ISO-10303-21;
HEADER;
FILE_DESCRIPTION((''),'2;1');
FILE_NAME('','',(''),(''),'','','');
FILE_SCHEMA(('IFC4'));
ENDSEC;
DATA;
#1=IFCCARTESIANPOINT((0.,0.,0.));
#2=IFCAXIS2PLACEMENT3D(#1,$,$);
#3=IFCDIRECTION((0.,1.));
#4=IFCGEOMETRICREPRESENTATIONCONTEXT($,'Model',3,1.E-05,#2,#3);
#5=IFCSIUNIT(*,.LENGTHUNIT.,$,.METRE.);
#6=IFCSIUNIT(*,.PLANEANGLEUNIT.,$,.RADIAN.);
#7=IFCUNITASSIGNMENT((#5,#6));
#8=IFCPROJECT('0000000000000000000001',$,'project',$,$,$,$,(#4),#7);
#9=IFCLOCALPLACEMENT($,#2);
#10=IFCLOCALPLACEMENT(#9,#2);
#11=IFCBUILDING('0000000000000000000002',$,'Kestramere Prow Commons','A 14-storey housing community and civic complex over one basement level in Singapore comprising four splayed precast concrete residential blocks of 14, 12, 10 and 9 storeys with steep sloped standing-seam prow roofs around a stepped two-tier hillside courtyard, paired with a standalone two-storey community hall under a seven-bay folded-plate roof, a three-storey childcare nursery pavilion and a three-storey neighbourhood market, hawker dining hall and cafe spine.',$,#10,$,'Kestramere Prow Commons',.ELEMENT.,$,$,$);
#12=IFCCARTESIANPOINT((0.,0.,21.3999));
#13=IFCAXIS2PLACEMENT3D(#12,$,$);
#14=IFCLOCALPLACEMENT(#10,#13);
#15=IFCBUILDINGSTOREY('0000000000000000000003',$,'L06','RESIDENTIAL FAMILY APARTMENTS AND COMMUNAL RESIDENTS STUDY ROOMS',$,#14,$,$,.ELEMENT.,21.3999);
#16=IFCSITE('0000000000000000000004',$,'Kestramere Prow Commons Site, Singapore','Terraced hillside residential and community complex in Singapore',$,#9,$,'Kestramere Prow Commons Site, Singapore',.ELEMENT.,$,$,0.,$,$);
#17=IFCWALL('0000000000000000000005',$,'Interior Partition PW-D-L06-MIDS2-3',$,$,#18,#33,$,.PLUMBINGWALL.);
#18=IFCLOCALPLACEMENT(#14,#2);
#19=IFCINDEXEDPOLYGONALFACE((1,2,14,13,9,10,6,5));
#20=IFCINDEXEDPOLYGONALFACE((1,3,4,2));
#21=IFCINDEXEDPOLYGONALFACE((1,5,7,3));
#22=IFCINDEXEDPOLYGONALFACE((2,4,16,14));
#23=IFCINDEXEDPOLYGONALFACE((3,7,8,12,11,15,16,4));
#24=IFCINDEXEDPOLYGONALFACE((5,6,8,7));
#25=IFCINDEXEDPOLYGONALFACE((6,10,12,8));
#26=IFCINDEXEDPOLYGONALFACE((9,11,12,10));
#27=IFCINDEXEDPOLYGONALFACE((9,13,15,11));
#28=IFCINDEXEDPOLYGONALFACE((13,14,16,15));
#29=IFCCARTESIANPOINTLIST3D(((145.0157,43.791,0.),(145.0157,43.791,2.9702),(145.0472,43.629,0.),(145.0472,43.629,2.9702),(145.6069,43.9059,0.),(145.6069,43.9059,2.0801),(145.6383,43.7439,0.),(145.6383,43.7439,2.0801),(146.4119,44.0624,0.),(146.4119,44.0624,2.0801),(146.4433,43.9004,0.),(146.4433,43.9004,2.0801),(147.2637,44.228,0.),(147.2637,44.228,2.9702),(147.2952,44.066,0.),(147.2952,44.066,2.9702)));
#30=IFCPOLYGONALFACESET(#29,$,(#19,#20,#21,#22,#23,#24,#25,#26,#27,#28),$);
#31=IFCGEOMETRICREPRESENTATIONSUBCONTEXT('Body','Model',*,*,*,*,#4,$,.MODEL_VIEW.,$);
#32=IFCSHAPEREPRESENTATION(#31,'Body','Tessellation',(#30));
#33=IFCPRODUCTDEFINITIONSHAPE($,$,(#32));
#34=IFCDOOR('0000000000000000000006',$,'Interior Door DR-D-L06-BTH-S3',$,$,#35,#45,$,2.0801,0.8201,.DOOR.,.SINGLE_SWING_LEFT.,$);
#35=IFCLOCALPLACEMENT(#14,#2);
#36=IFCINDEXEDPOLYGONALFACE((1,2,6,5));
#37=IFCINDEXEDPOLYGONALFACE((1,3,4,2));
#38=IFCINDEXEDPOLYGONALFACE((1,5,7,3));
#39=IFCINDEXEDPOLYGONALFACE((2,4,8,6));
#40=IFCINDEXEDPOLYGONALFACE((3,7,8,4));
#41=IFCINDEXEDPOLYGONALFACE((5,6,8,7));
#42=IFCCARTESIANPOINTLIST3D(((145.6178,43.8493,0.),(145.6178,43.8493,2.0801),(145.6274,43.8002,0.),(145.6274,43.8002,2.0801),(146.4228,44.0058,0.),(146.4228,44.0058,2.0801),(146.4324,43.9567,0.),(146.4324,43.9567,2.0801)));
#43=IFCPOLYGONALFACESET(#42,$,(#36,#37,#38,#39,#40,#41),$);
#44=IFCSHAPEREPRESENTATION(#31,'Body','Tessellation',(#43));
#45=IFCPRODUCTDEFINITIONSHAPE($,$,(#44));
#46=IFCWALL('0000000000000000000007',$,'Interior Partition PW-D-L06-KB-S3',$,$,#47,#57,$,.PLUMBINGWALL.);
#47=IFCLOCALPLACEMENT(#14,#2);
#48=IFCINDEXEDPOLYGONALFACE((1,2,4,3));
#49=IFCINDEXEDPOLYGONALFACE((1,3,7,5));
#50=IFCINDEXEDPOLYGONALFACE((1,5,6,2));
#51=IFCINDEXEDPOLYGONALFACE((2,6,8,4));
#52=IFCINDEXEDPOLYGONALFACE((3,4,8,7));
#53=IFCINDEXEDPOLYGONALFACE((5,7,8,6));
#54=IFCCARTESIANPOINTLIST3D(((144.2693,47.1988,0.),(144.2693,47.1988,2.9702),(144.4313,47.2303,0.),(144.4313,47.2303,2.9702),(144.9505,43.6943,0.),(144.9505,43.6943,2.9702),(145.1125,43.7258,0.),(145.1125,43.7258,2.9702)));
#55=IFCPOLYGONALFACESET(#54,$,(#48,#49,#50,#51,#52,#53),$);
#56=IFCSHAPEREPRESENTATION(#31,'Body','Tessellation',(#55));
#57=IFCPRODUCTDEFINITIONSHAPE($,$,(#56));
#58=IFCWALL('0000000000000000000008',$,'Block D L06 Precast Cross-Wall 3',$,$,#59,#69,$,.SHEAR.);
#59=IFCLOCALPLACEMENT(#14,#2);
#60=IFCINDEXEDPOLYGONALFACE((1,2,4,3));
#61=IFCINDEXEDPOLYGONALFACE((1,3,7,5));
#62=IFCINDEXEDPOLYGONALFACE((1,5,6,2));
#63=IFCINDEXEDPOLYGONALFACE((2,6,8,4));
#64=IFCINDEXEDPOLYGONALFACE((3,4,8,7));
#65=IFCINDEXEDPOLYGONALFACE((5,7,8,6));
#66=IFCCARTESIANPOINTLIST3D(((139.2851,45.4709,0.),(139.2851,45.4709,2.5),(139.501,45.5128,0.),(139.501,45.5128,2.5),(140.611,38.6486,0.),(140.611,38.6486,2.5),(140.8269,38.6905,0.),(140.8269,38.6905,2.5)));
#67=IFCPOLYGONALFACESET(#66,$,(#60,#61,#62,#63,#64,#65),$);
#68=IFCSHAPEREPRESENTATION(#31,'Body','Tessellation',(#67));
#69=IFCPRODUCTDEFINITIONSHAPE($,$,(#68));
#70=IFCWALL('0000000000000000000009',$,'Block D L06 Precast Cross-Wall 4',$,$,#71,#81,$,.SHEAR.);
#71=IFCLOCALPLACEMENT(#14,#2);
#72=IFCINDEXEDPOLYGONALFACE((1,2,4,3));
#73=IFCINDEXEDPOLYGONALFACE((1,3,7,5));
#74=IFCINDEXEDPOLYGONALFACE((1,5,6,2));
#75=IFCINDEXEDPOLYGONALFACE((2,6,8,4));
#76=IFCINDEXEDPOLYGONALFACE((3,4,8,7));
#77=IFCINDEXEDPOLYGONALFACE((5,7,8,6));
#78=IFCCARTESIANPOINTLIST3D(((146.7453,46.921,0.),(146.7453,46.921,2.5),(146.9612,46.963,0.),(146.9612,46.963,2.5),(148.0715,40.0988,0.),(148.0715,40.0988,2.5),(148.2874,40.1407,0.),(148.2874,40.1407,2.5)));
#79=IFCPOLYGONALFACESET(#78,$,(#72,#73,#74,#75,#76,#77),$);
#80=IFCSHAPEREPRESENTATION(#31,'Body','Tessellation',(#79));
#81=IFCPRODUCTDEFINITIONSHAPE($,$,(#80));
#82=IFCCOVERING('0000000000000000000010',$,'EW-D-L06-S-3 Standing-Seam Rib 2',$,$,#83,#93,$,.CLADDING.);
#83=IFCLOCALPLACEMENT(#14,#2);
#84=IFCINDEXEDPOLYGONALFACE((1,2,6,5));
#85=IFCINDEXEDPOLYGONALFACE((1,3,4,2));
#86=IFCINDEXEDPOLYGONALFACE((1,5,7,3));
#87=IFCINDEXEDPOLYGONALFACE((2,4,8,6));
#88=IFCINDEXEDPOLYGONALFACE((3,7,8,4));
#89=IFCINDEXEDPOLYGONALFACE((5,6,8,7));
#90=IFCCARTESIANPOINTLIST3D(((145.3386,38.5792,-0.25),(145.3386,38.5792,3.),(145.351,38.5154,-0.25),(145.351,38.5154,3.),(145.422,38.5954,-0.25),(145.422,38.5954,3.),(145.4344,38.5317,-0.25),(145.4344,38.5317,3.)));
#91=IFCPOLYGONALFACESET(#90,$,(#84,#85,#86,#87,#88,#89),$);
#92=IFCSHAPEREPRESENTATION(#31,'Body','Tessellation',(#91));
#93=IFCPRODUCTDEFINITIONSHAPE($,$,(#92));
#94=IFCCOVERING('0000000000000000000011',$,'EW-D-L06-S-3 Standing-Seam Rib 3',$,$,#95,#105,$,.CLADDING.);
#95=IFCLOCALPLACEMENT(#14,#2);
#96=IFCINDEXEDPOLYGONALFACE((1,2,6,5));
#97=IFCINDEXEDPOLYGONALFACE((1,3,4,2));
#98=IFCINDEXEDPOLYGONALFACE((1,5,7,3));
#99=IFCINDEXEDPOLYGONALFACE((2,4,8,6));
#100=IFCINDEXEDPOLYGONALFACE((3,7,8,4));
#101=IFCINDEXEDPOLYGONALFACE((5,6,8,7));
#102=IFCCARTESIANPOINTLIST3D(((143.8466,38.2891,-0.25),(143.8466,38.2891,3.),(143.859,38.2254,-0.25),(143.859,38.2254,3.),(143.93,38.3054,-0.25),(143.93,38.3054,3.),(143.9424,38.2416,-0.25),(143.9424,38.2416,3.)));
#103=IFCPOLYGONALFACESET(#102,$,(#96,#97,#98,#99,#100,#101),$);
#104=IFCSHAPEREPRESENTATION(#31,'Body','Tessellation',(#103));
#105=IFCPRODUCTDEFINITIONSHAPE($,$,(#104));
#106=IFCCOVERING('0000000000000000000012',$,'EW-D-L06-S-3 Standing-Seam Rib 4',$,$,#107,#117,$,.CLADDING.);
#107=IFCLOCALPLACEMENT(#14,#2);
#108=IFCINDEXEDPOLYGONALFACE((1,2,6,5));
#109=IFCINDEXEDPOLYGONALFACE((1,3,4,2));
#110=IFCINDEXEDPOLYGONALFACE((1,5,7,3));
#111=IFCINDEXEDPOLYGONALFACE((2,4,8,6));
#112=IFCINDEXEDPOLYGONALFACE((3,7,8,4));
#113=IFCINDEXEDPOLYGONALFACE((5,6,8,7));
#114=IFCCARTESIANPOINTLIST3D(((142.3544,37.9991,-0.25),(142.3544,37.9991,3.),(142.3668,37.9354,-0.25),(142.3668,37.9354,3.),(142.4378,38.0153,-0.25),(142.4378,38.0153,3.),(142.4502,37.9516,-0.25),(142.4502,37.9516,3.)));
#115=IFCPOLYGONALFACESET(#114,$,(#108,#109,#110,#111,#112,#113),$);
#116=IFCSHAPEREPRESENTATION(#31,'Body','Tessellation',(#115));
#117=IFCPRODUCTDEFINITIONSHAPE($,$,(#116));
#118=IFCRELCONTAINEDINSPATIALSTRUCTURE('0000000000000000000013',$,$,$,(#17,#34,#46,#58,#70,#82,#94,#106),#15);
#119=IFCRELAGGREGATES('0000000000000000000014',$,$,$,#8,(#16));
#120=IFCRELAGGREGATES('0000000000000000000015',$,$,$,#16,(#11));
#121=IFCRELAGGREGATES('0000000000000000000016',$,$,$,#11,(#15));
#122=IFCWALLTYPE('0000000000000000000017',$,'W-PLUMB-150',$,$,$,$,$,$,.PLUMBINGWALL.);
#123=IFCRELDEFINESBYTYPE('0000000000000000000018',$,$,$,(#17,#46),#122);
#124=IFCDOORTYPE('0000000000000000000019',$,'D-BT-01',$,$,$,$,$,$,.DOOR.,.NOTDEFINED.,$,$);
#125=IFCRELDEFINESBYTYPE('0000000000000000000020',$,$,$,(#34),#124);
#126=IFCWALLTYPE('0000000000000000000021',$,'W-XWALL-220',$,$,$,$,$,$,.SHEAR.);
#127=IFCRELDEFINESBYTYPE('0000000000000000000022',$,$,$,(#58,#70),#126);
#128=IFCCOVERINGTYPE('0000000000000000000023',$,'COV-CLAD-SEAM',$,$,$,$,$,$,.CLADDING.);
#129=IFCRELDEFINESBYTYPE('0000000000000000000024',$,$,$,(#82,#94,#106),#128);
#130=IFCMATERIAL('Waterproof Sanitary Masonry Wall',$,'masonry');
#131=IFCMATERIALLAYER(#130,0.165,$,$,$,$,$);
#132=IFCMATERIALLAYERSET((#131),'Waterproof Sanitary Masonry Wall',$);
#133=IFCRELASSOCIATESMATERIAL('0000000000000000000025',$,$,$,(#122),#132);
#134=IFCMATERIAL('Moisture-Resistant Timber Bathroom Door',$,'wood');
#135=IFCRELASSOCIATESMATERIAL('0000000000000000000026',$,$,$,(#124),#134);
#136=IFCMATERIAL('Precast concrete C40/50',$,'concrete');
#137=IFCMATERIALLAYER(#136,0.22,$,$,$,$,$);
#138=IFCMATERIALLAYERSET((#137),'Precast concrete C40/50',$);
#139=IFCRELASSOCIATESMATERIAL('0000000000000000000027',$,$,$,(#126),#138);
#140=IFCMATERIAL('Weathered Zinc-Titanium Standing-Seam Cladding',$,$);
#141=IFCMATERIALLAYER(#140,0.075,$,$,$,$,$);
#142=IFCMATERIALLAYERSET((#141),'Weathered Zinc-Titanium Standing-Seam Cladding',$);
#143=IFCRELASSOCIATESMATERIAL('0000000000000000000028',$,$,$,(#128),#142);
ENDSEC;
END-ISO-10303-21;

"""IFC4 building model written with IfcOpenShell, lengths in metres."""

from ifc_helpers import new_model, si_unit, direction, frame, frame_2d, origin, origin_2d, place, context, subcontext, project, spatial, rectangle, extrude, material, layer, layer_set, type_object, element, fill, save


model = new_model("IFC4")

# Units and contexts
model_context = context("Model", 3, precision=1e-05, world=origin(), true_north=direction((0.0, 1.0)))
body_context = subcontext(model_context, "Body", "Model", "MODEL_VIEW")
ifc_project = project(units=[si_unit("LENGTHUNIT", "METRE"), si_unit("PLANEANGLEUNIT", "RADIAN")], contexts=[model_context])

# Site, building, storey
site_placement = place(None, origin())
site = spatial("IfcSite", under=ifc_project, at=site_placement, Name="Kestramere Prow Commons Site, Singapore", Description="Terraced hillside residential and community complex in Singapore", LongName="Kestramere Prow Commons Site, Singapore", CompositionType="ELEMENT", RefElevation=0.0)
building_placement = place(site_placement, origin())
building = spatial("IfcBuilding", under=site, at=building_placement, Name="Kestramere Prow Commons", Description="A 14-storey housing community and civic complex over one basement level in Singapore comprising four splayed precast concrete residential blocks of 14, 12, 10 and 9 storeys with steep sloped standing-seam prow roofs around a stepped two-tier hillside courtyard, paired with a standalone two-storey community hall under a seven-bay folded-plate roof, a three-storey childcare nursery pavilion and a three-storey neighbourhood market, hawker dining hall and cafe spine.", LongName="Kestramere Prow Commons", CompositionType="ELEMENT")
storey_placement = place(building_placement, frame((0.0, 0.0, 21.3999)))
storey = spatial("IfcBuildingStorey", under=building, at=storey_placement, Name="L06", Description="RESIDENTIAL FAMILY APARTMENTS AND COMMUNAL RESIDENTS STUDY ROOMS", CompositionType="ELEMENT", Elevation=21.3999)

# Shared definitions
ifc_material_1 = material(Name="Precast concrete C40/50", Category="concrete")

# Wall, opening, door
ifc_material_2 = material(Name="Waterproof Sanitary Masonry Wall", Category="masonry")
ifc_layer_1 = layer(ifc_material_2, 0.165)
ifc_layer_set_1 = layer_set([ifc_layer_1], Name="Waterproof Sanitary Masonry Wall")
wall_type_1 = type_object("IfcWallType", Name="W-PLUMB-150", PredefinedType="PLUMBINGWALL", material=ifc_layer_set_1)
wall_1_placement = place(storey_placement, frame((145.0315, 43.71, 0.0), z_axis=(0.0, 0.0, 1.0), x_axis=(0.981624, 0.190824, 0.0)))
wall_1 = element("IfcWall", 1, at=wall_1_placement, inside=storey, type_object=wall_type_1, Name="Interior Partition PW-D-L06-MIDS2-3", PredefinedType="PLUMBINGWALL", context=body_context, shape_type="SweptSolid", body=[
    extrude(rectangle(XDim=2.29, YDim=0.165, at=frame_2d((1.145, 0.0))), origin(), (0.0, 0.0, 1.0), 2.9702),
])
opening_1_placement = place(wall_1_placement, frame((0.6021, 0.0, 0.0)))
opening_1 = element("IfcOpeningElement", 2, at=opening_1_placement, cuts=wall_1, PredefinedType="OPENING", context=body_context, shape_type="SweptSolid", body=[
    extrude(rectangle(XDim=0.8201, YDim=2.0801, at=frame_2d((0.4102, 1.04))), frame((0.0, 0.0974, 0.0), z_axis=(0.0, -1.0, 0.0), x_axis=(1.0, 0.0, 0.0)), (0.0, 0.0, 1.0), 0.1951),
])
ifc_material_3 = material(Name="Moisture-Resistant Timber Bathroom Door", Category="wood")
door_type_1 = type_object("IfcDoorType", Name="D-BT-01", OperationType="NOTDEFINED", PredefinedType="DOOR", material=ifc_material_3)
door_1_placement = place(opening_1_placement, origin())
door_1 = element("IfcDoor", 3, at=door_1_placement, inside=storey, type_object=door_type_1, Name="Interior Door DR-D-L06-BTH-S3", OperationType="SINGLE_SWING_LEFT", OverallHeight=2.0801, OverallWidth=0.8201, PredefinedType="DOOR", context=body_context, shape_type="SweptSolid", body=[
    extrude(rectangle(XDim=0.8201, YDim=2.0801, at=frame_2d((0.4102, 1.04))), frame((0.0, 0.0249, 0.0), z_axis=(0.0, -1.0, 0.0), x_axis=(1.0, 0.0, 0.0)), (0.0, 0.0, 1.0), 0.05),
])
fill(opening_1, door_1)

# Walls
wall_2_placement = place(storey_placement, frame((145.0315, 43.71, 0.0), z_axis=(0.0, 0.0, 1.0), x_axis=(-0.1908, 0.981629, 0.0)))
element("IfcWall", 4, at=wall_2_placement, inside=storey, type_object=wall_type_1, Name="Interior Partition PW-D-L06-KB-S3", PredefinedType="PLUMBINGWALL", context=body_context, shape_type="SweptSolid", body=[
    extrude(rectangle(XDim=3.5701, YDim=0.165, at=frame_2d((1.7852, 0.0))), origin(), (0.0, 0.0, 1.0), 2.9702),
])
ifc_layer_2 = layer(ifc_material_1, 0.22)
ifc_layer_set_2 = layer_set([ifc_layer_2], Name="Precast concrete C40/50")
wall_type_2 = type_object("IfcWallType", Name="W-XWALL-220", PredefinedType="SHEAR", material=ifc_layer_set_2)
for number, where, z_axis, x_axis, name in (
    (5, (140.719, 38.6694, 0.0), (0.0, 0.0, 1.0), (-0.190783, 0.981632, 0.0), "Block D L06 Precast Cross-Wall 3"),
    (6, (148.1794, 40.1196, 0.0), (0.0, 0.0, 1.0), (-0.190817, 0.981626, 0.0), "Block D L06 Precast Cross-Wall 4"),
):
    element("IfcWall", number, at=place(storey_placement, frame(where, z_axis=z_axis, x_axis=x_axis)), inside=storey, type_object=wall_type_2, Name=name, PredefinedType="SHEAR", context=body_context, shape_type="SweptSolid", body=[
        extrude(rectangle(XDim=6.95, YDim=0.22, at=frame_2d((3.4751, 0.0))), origin(), (0.0, 0.0, 1.0), 2.5),
    ])

# Coverings
ifc_material_4 = material(Name="Weathered Zinc-Titanium Standing-Seam Cladding")
ifc_layer_3 = layer(ifc_material_4, 0.075)
ifc_layer_set_3 = layer_set([ifc_layer_3], Name="Weathered Zinc-Titanium Standing-Seam Cladding")
covering_type = type_object("IfcCoveringType", Name="COV-CLAD-SEAM", PredefinedType="CLADDING", material=ifc_layer_set_3)
for number, where, z_axis, x_axis, name in (
    (7, (145.3865, 38.5554, -0.25), (0.0, 0.0, 1.0), (-0.981627, -0.190809, 0.0), "EW-D-L06-S-3 Standing-Seam Rib 2"),
    (8, (143.8945, 38.2654, -0.25), (0.0, 0.0, 1.0), (-0.981627, -0.190809, 0.0), "EW-D-L06-S-3 Standing-Seam Rib 3"),
    (9, (142.4023, 37.9753, -0.25), (0.0, 0.0, 1.0), (-0.981627, -0.190809, 0.0), "EW-D-L06-S-3 Standing-Seam Rib 4"),
):
    element("IfcCovering", number, at=place(storey_placement, frame(where, z_axis=z_axis, x_axis=x_axis)), inside=storey, type_object=covering_type, Name=name, PredefinedType="CLADDING", context=body_context, shape_type="SweptSolid", body=[
        extrude(rectangle(XDim=0.085, YDim=0.0649, at=origin_2d()), origin(), (0.0, 0.0, 1.0), 3.25),
    ])

save(model, "model.ifc")
